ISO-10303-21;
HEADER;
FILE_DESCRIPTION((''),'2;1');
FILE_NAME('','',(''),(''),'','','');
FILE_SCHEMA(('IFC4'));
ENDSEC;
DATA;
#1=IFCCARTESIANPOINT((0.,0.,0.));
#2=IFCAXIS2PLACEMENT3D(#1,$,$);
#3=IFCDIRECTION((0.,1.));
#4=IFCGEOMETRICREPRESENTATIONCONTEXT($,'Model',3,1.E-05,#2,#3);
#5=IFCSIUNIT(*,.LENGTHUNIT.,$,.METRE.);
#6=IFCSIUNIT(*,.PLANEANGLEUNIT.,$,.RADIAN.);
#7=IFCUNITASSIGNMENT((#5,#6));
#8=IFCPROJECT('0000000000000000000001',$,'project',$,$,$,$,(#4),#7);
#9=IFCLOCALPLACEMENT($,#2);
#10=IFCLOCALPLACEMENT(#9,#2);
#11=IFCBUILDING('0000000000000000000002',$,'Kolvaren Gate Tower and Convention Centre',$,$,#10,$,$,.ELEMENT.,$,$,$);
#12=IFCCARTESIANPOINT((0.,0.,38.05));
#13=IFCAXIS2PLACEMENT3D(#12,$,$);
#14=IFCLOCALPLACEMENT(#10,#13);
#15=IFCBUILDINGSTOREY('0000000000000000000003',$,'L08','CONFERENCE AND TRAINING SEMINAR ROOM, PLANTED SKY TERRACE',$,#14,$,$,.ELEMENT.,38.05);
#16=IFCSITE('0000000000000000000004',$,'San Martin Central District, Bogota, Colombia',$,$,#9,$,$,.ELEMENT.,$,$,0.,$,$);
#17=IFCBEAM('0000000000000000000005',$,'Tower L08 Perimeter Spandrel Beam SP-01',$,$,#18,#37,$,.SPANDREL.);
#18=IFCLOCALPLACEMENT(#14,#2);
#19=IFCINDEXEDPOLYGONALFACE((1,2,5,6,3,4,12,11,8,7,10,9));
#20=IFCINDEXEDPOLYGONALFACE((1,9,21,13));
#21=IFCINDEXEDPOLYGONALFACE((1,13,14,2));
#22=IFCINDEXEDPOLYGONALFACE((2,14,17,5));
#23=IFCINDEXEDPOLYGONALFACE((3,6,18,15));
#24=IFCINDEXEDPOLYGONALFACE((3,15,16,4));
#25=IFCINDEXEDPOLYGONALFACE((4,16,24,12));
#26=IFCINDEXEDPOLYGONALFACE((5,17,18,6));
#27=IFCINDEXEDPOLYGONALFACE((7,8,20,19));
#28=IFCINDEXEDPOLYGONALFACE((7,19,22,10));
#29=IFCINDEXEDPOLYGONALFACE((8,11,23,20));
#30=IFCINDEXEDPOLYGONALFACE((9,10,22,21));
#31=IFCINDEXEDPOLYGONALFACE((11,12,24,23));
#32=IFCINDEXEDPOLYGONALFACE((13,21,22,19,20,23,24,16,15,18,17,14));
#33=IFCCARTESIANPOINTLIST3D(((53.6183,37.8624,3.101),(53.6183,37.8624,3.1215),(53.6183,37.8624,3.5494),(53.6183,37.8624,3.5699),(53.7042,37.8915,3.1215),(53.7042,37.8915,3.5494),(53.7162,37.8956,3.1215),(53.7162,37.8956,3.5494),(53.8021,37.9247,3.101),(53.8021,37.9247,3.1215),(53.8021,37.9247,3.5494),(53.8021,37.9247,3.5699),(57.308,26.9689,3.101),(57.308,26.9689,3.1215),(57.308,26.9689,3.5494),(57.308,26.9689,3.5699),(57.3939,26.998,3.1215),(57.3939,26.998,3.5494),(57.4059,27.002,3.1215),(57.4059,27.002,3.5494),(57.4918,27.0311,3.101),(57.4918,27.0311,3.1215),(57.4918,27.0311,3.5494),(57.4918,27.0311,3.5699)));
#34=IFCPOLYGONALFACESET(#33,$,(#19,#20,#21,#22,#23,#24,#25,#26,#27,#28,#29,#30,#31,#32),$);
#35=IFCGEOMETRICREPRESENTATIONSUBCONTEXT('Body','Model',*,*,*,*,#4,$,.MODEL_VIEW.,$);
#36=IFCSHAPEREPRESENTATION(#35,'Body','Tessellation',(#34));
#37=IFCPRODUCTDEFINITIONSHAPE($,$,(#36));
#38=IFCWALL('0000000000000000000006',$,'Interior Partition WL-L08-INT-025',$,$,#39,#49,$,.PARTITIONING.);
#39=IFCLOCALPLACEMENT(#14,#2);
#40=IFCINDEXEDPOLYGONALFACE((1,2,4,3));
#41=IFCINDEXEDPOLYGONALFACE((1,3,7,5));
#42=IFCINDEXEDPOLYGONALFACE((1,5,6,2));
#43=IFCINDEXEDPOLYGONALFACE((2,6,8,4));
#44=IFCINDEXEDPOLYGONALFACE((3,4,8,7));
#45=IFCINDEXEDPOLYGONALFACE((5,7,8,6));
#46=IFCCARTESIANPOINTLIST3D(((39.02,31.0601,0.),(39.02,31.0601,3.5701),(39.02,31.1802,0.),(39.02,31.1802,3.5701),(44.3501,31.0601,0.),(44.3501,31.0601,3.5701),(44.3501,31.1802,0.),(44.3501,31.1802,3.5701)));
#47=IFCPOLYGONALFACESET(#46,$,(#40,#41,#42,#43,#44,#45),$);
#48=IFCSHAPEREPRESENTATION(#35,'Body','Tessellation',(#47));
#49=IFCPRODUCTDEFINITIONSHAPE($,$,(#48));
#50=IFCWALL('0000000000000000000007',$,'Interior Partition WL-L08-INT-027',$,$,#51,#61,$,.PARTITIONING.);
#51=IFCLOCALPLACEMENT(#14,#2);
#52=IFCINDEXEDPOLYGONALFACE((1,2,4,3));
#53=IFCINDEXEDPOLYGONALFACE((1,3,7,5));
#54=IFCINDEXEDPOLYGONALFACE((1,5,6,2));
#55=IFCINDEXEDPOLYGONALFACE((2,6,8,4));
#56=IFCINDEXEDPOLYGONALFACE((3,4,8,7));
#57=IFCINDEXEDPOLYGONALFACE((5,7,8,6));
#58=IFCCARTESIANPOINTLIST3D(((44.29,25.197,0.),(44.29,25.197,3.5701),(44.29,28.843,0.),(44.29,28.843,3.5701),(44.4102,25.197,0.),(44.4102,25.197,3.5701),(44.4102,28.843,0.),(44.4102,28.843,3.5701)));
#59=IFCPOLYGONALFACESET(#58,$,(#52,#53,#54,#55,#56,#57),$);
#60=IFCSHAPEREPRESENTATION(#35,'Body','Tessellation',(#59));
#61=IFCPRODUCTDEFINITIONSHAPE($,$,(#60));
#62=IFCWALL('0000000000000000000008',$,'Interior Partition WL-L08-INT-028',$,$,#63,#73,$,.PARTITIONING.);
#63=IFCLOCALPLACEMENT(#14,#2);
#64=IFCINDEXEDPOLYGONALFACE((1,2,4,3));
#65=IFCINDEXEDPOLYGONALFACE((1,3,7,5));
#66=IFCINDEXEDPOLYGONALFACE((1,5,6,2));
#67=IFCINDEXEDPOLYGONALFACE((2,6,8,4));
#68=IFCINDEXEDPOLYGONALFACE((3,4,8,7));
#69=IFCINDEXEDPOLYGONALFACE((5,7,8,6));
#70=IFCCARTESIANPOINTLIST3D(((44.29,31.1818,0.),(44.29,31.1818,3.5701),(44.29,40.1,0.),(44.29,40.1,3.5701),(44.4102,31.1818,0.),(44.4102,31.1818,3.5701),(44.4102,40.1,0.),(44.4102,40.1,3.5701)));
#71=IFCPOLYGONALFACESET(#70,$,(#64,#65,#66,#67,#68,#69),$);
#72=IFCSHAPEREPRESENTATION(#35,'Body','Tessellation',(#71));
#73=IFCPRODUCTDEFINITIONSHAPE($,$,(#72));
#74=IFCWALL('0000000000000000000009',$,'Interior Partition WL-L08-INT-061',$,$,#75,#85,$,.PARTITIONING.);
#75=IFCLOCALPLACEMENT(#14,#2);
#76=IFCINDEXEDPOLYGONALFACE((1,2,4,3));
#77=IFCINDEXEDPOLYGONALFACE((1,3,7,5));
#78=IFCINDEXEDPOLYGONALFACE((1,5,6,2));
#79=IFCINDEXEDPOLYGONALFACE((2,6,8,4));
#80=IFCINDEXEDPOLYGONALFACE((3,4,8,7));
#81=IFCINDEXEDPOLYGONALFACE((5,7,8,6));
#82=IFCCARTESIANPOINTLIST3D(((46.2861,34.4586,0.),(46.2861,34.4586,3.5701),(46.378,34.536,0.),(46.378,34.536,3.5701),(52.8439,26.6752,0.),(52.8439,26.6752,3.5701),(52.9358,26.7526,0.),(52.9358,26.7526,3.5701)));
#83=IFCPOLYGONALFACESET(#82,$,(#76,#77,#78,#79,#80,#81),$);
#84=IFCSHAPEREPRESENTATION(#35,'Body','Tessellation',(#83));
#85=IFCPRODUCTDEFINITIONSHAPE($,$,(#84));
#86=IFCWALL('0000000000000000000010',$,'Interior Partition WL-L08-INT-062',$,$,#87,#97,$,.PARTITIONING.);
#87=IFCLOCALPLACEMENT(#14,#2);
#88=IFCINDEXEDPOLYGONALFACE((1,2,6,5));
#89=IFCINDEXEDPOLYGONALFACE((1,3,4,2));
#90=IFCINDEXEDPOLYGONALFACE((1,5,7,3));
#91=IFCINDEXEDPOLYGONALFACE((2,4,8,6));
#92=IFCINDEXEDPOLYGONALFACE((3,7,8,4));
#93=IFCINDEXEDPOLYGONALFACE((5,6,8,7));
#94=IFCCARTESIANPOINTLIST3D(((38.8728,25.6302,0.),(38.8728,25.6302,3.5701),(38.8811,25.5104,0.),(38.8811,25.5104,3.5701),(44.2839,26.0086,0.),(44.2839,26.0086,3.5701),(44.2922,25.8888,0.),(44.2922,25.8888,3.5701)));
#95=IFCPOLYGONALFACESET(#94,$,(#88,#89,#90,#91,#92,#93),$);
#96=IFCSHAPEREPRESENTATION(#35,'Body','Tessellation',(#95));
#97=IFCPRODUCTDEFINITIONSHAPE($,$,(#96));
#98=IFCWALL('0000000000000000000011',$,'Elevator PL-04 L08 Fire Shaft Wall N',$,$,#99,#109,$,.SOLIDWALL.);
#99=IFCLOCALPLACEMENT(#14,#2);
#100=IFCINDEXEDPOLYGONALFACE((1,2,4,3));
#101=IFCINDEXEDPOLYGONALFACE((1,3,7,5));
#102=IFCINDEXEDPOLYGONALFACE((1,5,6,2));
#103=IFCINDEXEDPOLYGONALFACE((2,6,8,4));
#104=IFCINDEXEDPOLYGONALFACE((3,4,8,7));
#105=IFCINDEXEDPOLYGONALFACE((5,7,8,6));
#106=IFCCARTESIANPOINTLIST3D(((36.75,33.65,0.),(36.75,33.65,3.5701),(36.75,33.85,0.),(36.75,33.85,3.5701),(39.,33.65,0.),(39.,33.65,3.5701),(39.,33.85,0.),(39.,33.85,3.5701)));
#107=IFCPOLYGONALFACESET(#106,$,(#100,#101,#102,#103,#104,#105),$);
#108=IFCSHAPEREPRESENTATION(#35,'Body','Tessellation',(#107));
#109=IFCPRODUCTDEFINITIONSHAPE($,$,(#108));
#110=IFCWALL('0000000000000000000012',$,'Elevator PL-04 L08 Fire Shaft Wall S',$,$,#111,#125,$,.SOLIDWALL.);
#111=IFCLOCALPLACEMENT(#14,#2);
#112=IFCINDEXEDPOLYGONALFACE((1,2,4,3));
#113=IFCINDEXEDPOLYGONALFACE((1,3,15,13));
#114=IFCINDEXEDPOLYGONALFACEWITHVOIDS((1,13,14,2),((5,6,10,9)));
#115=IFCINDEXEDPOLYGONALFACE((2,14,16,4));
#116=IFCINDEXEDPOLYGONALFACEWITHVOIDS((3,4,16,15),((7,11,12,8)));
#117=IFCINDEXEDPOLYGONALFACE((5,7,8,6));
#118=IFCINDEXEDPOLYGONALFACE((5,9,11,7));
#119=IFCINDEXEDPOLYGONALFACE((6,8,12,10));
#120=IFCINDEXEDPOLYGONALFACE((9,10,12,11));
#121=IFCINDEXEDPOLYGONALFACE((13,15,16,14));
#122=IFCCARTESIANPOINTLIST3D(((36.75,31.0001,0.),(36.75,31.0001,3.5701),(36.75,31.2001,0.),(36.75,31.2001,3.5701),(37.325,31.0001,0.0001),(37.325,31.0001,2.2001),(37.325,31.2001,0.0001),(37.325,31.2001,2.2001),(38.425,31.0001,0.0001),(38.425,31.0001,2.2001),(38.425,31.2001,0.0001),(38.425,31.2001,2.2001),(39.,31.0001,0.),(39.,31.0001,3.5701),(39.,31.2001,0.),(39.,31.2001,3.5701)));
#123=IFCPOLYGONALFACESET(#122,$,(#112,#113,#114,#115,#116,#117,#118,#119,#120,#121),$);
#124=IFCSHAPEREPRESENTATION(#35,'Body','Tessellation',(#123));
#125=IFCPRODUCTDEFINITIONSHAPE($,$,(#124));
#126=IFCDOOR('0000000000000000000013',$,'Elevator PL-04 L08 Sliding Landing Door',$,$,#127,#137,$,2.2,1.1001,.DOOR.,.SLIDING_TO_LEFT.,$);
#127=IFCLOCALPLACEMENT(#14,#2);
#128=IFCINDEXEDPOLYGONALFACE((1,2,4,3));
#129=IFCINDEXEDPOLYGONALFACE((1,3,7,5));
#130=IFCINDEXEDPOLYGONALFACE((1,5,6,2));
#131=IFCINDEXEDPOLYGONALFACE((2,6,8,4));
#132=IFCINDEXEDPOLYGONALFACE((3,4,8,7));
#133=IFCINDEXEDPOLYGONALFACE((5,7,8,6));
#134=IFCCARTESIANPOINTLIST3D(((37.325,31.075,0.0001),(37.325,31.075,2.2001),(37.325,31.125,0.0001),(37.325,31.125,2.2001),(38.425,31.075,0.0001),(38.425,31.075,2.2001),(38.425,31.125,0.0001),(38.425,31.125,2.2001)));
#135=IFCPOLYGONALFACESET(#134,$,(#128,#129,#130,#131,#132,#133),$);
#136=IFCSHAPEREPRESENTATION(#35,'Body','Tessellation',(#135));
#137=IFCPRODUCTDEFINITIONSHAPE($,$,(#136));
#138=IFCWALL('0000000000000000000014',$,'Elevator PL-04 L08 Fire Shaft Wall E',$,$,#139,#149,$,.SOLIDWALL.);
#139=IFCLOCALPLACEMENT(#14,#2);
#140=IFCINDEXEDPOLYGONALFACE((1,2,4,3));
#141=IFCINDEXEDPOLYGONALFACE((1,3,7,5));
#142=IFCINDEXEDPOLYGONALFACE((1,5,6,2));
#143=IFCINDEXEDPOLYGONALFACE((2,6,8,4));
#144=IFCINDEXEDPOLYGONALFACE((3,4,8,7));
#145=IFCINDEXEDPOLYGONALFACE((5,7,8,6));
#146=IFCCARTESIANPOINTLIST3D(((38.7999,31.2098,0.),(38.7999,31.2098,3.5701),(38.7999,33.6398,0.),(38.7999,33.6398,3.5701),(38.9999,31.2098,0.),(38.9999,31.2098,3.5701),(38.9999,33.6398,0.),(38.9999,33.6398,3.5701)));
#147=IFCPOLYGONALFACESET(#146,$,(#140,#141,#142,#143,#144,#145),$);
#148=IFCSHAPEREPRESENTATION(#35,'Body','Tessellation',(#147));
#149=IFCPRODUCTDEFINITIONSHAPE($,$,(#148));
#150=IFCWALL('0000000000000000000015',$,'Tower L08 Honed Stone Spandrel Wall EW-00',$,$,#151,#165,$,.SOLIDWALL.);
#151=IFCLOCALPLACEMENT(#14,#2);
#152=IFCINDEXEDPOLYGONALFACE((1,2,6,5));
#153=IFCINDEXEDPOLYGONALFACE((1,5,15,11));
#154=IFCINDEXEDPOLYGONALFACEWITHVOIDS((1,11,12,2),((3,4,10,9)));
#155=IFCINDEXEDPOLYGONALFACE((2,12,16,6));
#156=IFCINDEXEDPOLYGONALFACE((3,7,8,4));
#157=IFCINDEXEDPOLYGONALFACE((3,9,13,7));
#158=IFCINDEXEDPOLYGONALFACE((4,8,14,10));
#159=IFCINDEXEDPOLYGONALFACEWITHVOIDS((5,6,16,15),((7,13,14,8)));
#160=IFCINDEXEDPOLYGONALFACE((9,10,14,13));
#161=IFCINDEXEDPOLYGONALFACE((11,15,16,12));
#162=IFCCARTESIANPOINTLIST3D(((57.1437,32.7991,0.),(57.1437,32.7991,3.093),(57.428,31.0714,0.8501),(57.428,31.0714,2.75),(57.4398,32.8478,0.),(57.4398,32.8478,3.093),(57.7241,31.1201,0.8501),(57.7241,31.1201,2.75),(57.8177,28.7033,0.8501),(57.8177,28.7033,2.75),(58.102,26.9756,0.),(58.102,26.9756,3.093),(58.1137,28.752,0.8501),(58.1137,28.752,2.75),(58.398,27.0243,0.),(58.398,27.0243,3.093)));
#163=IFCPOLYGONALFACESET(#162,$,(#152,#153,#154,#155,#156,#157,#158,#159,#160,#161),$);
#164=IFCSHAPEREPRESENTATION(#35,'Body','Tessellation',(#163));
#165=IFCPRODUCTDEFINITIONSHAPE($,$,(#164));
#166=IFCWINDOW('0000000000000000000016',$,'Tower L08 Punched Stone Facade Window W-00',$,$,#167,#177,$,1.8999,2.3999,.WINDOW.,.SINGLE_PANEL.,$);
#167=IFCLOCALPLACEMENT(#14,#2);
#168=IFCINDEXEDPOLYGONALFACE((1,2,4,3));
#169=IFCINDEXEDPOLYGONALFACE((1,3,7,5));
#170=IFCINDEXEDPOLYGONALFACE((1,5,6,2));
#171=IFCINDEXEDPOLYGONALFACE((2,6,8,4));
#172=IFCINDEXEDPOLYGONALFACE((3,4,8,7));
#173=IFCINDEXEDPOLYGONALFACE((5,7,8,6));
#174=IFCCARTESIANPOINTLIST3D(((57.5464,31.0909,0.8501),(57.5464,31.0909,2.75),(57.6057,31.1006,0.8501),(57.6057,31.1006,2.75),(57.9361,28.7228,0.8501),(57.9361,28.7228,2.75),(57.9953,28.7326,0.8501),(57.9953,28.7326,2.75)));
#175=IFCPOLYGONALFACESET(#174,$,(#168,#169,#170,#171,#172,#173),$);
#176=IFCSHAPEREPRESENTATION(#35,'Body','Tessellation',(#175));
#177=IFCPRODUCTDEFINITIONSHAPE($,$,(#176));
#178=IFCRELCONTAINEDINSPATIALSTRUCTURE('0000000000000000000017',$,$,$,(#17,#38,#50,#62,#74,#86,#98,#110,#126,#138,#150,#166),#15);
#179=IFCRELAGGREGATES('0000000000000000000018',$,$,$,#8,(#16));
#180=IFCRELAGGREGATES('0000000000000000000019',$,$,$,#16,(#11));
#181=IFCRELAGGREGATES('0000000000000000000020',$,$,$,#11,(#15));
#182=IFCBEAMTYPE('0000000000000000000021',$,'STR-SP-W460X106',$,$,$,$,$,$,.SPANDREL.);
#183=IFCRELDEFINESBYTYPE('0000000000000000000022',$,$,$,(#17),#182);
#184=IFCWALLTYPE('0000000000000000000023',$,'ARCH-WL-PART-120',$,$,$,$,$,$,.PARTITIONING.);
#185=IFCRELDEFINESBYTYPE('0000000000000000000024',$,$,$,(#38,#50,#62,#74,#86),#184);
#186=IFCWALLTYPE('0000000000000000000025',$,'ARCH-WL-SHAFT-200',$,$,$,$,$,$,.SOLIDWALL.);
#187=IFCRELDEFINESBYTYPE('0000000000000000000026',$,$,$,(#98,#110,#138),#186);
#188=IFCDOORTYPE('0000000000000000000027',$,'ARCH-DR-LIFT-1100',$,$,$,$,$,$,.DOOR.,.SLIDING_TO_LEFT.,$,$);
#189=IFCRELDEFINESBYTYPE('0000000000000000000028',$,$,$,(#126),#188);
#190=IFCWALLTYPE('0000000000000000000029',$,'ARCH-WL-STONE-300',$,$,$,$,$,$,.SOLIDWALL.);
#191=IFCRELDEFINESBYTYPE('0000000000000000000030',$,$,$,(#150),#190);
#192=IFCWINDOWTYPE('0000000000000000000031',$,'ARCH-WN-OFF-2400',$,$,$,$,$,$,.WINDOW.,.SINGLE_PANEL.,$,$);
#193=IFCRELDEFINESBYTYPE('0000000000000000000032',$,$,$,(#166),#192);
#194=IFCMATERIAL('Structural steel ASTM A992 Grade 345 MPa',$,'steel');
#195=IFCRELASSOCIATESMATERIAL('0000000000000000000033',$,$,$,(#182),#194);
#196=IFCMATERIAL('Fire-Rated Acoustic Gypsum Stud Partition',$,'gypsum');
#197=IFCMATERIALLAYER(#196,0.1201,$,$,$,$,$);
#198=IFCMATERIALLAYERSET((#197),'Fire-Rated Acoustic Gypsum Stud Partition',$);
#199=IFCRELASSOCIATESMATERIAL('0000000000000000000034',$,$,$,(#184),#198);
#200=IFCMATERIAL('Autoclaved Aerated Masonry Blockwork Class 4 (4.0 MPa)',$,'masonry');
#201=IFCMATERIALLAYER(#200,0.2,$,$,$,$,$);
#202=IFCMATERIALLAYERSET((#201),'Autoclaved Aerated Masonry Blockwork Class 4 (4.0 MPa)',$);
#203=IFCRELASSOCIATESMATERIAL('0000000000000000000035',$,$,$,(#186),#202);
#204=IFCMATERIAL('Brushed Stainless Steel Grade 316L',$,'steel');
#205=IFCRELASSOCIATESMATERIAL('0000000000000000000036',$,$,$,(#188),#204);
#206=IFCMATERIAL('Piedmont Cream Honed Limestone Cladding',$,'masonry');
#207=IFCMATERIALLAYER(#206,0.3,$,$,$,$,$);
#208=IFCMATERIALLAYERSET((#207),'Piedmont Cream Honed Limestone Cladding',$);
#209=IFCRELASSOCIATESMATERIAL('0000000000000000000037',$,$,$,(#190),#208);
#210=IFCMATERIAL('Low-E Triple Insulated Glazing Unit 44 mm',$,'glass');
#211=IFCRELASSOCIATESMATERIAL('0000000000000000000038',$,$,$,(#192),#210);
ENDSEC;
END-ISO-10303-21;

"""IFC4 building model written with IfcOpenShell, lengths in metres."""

from ifc_helpers import new_model, si_unit, direction, frame, frame_2d, origin, origin_2d, place, context, subcontext, project, spatial, rectangle, i_section, extrude, material, layer, layer_set, material_profile, profile_set, type_object, element, fill, save


model = new_model("IFC4")

# Units and contexts
model_context = context("Model", 3, precision=1e-05, world=origin(), true_north=direction((0.0, 1.0)))
body_context = subcontext(model_context, "Body", "Model", "MODEL_VIEW")
ifc_project = project(units=[si_unit("LENGTHUNIT", "METRE"), si_unit("PLANEANGLEUNIT", "RADIAN")], contexts=[model_context])

# Site, building, storey
site_placement = place(None, origin())
site = spatial("IfcSite", under=ifc_project, at=site_placement, Name="San Martin Central District, Bogota, Colombia", CompositionType="ELEMENT", RefElevation=0.0)
building_placement = place(site_placement, origin())
building = spatial("IfcBuilding", under=site, at=building_placement, Name="Kolvaren Gate Tower and Convention Centre", CompositionType="ELEMENT")
storey_placement = place(building_placement, frame((0.0, 0.0, 38.05)))
storey = spatial("IfcBuildingStorey", under=building, at=storey_placement, Name="L08", Description="CONFERENCE AND TRAINING SEMINAR ROOM, PLANTED SKY TERRACE", CompositionType="ELEMENT", Elevation=38.05)

# Beam
ifc_material_1 = material(Name="Structural steel ASTM A992 Grade 345 MPa", Category="steel")
ifc_material_profile_1 = material_profile(ifc_material_1, i_section(OverallWidth=0.1941, OverallDepth=0.469, WebThickness=0.0127, FlangeThickness=0.0205, at=origin_2d()), Name="W460X106")
ifc_profile_set_1 = profile_set([ifc_material_profile_1], Name="Structural steel ASTM A992 Grade 345 MPa")
beam_type_1 = type_object("IfcBeamType", Name="STR-SP-W460X106", PredefinedType="SPANDREL", material=ifc_profile_set_1)
beam_1_placement = place(storey_placement, frame((57.3999, 27.0, 3.3354), z_axis=(-0.320803, 0.947146, 0.0), x_axis=(-0.947146, -0.320803, 0.0)))
element("IfcBeam", 1, at=beam_1_placement, inside=storey, type_object=beam_type_1, Name="Tower L08 Perimeter Spandrel Beam SP-01", PredefinedType="SPANDREL", context=body_context, shape_type="SweptSolid", body=[
    extrude(i_section(OverallWidth=0.1941, OverallDepth=0.469, WebThickness=0.0127, FlangeThickness=0.0205, at=origin_2d()), origin(), (0.0, 0.0, 1.0), 11.5015),
])

# Walls
ifc_material_2 = material(Name="Fire-Rated Acoustic Gypsum Stud Partition", Category="gypsum")
ifc_layer_1 = layer(ifc_material_2, 0.1201)
ifc_layer_set_1 = layer_set([ifc_layer_1], Name="Fire-Rated Acoustic Gypsum Stud Partition")
wall_type_1 = type_object("IfcWallType", Name="ARCH-WL-PART-120", PredefinedType="PARTITIONING", material=ifc_layer_set_1)
wall_1_placement = place(storey_placement, frame((39.02, 31.1201, 0.0), z_axis=(0.0, 0.0, 1.0), x_axis=(1.0, 0.0, 0.0)))
element("IfcWall", 2, at=wall_1_placement, inside=storey, type_object=wall_type_1, Name="Interior Partition WL-L08-INT-025", PredefinedType="PARTITIONING", context=body_context, shape_type="SweptSolid", body=[
    extrude(rectangle(XDim=5.3301, YDim=0.1201, at=frame_2d((2.665, 0.0))), origin(), (0.0, 0.0, 1.0), 3.5701),
])
wall_2_placement = place(storey_placement, frame((44.3501, 25.197, 0.0), z_axis=(0.0, 0.0, 1.0), x_axis=(0.0, 1.0, 0.0)))
element("IfcWall", 3, at=wall_2_placement, inside=storey, type_object=wall_type_1, Name="Interior Partition WL-L08-INT-027", PredefinedType="PARTITIONING", context=body_context, shape_type="SweptSolid", body=[
    extrude(rectangle(XDim=3.646, YDim=0.1201, at=frame_2d((1.823, 0.0))), origin(), (0.0, 0.0, 1.0), 3.5701),
])
wall_3_placement = place(storey_placement, frame((44.3501, 31.1819, 0.0), z_axis=(0.0, 0.0, 1.0), x_axis=(0.0, 1.0, 0.0)))
element("IfcWall", 4, at=wall_3_placement, inside=storey, type_object=wall_type_1, Name="Interior Partition WL-L08-INT-028", PredefinedType="PARTITIONING", context=body_context, shape_type="SweptSolid", body=[
    extrude(rectangle(XDim=8.9182, YDim=0.1201, at=frame_2d((4.459, 0.0))), origin(), (0.0, 0.0, 1.0), 3.5701),
])
wall_4_placement = place(storey_placement, frame((46.332, 34.4973, 0.0), z_axis=(0.0, 0.0, 1.0), x_axis=(0.64433, -0.764748, 0.0)))
element("IfcWall", 5, at=wall_4_placement, inside=storey, type_object=wall_type_1, Name="Interior Partition WL-L08-INT-061", PredefinedType="PARTITIONING", context=body_context, shape_type="SweptSolid", body=[
    extrude(rectangle(XDim=10.1777, YDim=0.1201, at=frame_2d((5.0889, 0.0))), origin(), (0.0, 0.0, 1.0), 3.5701),
])
wall_5_placement = place(storey_placement, frame((38.877, 25.5703, 0.0), z_axis=(0.0, 0.0, 1.0), x_axis=(0.997564, 0.069763, 0.0)))
element("IfcWall", 6, at=wall_5_placement, inside=storey, type_object=wall_type_1, Name="Interior Partition WL-L08-INT-062", PredefinedType="PARTITIONING", context=body_context, shape_type="SweptSolid", body=[
    extrude(rectangle(XDim=5.4243, YDim=0.1201, at=frame_2d((2.7122, 0.0))), origin(), (0.0, 0.0, 1.0), 3.5701),
])
ifc_material_3 = material(Name="Autoclaved Aerated Masonry Blockwork Class 4 (4.0 MPa)", Category="masonry")
ifc_layer_2 = layer(ifc_material_3, 0.2)
ifc_layer_set_2 = layer_set([ifc_layer_2], Name="Autoclaved Aerated Masonry Blockwork Class 4 (4.0 MPa)")
wall_type_2 = type_object("IfcWallType", Name="ARCH-WL-SHAFT-200", PredefinedType="SOLIDWALL", material=ifc_layer_set_2)
wall_6_placement = place(storey_placement, frame((36.75, 33.75, 0.0), z_axis=(0.0, 0.0, 1.0), x_axis=(1.0, 0.0, 0.0)))
element("IfcWall", 7, at=wall_6_placement, inside=storey, type_object=wall_type_2, Name="Elevator PL-04 L08 Fire Shaft Wall N", PredefinedType="SOLIDWALL", context=body_context, shape_type="SweptSolid", body=[
    extrude(rectangle(XDim=2.25, YDim=0.2, at=frame_2d((1.125, 0.0))), origin(), (0.0, 0.0, 1.0), 3.5701),
])

# Wall, opening, door
wall_7_placement = place(storey_placement, frame((36.75, 31.1001, 0.0), z_axis=(0.0, 0.0, 1.0), x_axis=(1.0, 0.0, 0.0)))
wall_7 = element("IfcWall", 8, at=wall_7_placement, inside=storey, type_object=wall_type_2, Name="Elevator PL-04 L08 Fire Shaft Wall S", PredefinedType="SOLIDWALL", context=body_context, shape_type="SweptSolid", body=[
    extrude(rectangle(XDim=2.25, YDim=0.2, at=frame_2d((1.125, 0.0))), origin(), (0.0, 0.0, 1.0), 3.5701),
])
opening_1_placement = place(wall_7_placement, frame((0.575, 0.0, 0.0)))
opening_1 = element("IfcOpeningElement", 9, at=opening_1_placement, cuts=wall_7, PredefinedType="OPENING", context=body_context, shape_type="SweptSolid", body=[
    extrude(rectangle(XDim=1.1001, YDim=2.2, at=frame_2d((0.55, 1.1001))), frame((0.0, 0.1099, 0.0), z_axis=(0.0, -1.0, 0.0), x_axis=(1.0, 0.0, 0.0)), (0.0, 0.0, 1.0), 0.22),
])
ifc_material_4 = material(Name="Brushed Stainless Steel Grade 316L", Category="steel")
door_type = type_object("IfcDoorType", Name="ARCH-DR-LIFT-1100", OperationType="SLIDING_TO_LEFT", PredefinedType="DOOR", material=ifc_material_4)
door_placement = place(opening_1_placement, origin())
door = element("IfcDoor", 10, at=door_placement, inside=storey, type_object=door_type, Name="Elevator PL-04 L08 Sliding Landing Door", OperationType="SLIDING_TO_LEFT", OverallHeight=2.2, OverallWidth=1.1001, PredefinedType="DOOR", context=body_context, shape_type="SweptSolid", body=[
    extrude(rectangle(XDim=1.1001, YDim=2.2, at=frame_2d((0.55, 1.1001))), frame((0.0, 0.0249, 0.0), z_axis=(0.0, -1.0, 0.0), x_axis=(1.0, 0.0, 0.0)), (0.0, 0.0, 1.0), 0.05),
])
fill(opening_1, door)

# Wall
wall_8_placement = place(storey_placement, frame((38.8999, 31.21, 0.0), z_axis=(0.0, 0.0, 1.0), x_axis=(0.0, 1.0, 0.0)))
element("IfcWall", 11, at=wall_8_placement, inside=storey, type_object=wall_type_2, Name="Elevator PL-04 L08 Fire Shaft Wall E", PredefinedType="SOLIDWALL", context=body_context, shape_type="SweptSolid", body=[
    extrude(rectangle(XDim=2.4299, YDim=0.2, at=frame_2d((1.2148, 0.0))), origin(), (0.0, 0.0, 1.0), 3.5701),
])

# Wall, opening, window
ifc_material_5 = material(Name="Piedmont Cream Honed Limestone Cladding", Category="masonry")
ifc_layer_3 = layer(ifc_material_5, 0.3)
ifc_layer_set_3 = layer_set([ifc_layer_3], Name="Piedmont Cream Honed Limestone Cladding")
wall_type_3 = type_object("IfcWallType", Name="ARCH-WL-STONE-300", PredefinedType="SOLIDWALL", material=ifc_layer_set_3)
wall_9_placement = place(storey_placement, frame((57.2917, 32.8235, 0.0), z_axis=(0.0, 0.0, 1.0), x_axis=(0.162366, -0.986731, 0.0)))
wall_9 = element("IfcWall", 12, at=wall_9_placement, inside=storey, type_object=wall_type_3, Name="Tower L08 Honed Stone Spandrel Wall EW-00", PredefinedType="SOLIDWALL", context=body_context, shape_type="SweptSolid", body=[
    extrude(rectangle(XDim=5.9019, YDim=0.3, at=frame_2d((2.9509, 0.0))), origin(), (0.0, 0.0, 1.0), 3.093),
])
opening_2_placement = place(wall_9_placement, frame((1.751, 0.0, 0.8501)))
opening_2 = element("IfcOpeningElement", 13, at=opening_2_placement, cuts=wall_9, PredefinedType="OPENING", context=body_context, shape_type="SweptSolid", body=[
    extrude(rectangle(XDim=2.3999, YDim=1.8999, at=frame_2d((1.2, 0.95))), frame((0.0, 0.1599, 0.0), z_axis=(0.0, -1.0, 0.0), x_axis=(1.0, 0.0, 0.0)), (0.0, 0.0, 1.0), 0.3201),
])
ifc_material_6 = material(Name="Low-E Triple Insulated Glazing Unit 44 mm", Category="glass")
window_type = type_object("IfcWindowType", Name="ARCH-WN-OFF-2400", PartitioningType="SINGLE_PANEL", PredefinedType="WINDOW", material=ifc_material_6)
window_placement = place(opening_2_placement, origin())
window = element("IfcWindow", 14, at=window_placement, inside=storey, type_object=window_type, Name="Tower L08 Punched Stone Facade Window W-00", OverallHeight=1.8999, OverallWidth=2.3999, PartitioningType="SINGLE_PANEL", PredefinedType="WINDOW", context=body_context, shape_type="SweptSolid", body=[
    extrude(rectangle(XDim=2.3999, YDim=1.8999, at=frame_2d((1.2, 0.95))), frame((0.0, 0.03, 0.0), z_axis=(0.0, -1.0, 0.0), x_axis=(1.0, 0.0, 0.0)), (0.0, 0.0, 1.0), 0.0601),
])
fill(opening_2, window)

save(model, "model.ifc")
